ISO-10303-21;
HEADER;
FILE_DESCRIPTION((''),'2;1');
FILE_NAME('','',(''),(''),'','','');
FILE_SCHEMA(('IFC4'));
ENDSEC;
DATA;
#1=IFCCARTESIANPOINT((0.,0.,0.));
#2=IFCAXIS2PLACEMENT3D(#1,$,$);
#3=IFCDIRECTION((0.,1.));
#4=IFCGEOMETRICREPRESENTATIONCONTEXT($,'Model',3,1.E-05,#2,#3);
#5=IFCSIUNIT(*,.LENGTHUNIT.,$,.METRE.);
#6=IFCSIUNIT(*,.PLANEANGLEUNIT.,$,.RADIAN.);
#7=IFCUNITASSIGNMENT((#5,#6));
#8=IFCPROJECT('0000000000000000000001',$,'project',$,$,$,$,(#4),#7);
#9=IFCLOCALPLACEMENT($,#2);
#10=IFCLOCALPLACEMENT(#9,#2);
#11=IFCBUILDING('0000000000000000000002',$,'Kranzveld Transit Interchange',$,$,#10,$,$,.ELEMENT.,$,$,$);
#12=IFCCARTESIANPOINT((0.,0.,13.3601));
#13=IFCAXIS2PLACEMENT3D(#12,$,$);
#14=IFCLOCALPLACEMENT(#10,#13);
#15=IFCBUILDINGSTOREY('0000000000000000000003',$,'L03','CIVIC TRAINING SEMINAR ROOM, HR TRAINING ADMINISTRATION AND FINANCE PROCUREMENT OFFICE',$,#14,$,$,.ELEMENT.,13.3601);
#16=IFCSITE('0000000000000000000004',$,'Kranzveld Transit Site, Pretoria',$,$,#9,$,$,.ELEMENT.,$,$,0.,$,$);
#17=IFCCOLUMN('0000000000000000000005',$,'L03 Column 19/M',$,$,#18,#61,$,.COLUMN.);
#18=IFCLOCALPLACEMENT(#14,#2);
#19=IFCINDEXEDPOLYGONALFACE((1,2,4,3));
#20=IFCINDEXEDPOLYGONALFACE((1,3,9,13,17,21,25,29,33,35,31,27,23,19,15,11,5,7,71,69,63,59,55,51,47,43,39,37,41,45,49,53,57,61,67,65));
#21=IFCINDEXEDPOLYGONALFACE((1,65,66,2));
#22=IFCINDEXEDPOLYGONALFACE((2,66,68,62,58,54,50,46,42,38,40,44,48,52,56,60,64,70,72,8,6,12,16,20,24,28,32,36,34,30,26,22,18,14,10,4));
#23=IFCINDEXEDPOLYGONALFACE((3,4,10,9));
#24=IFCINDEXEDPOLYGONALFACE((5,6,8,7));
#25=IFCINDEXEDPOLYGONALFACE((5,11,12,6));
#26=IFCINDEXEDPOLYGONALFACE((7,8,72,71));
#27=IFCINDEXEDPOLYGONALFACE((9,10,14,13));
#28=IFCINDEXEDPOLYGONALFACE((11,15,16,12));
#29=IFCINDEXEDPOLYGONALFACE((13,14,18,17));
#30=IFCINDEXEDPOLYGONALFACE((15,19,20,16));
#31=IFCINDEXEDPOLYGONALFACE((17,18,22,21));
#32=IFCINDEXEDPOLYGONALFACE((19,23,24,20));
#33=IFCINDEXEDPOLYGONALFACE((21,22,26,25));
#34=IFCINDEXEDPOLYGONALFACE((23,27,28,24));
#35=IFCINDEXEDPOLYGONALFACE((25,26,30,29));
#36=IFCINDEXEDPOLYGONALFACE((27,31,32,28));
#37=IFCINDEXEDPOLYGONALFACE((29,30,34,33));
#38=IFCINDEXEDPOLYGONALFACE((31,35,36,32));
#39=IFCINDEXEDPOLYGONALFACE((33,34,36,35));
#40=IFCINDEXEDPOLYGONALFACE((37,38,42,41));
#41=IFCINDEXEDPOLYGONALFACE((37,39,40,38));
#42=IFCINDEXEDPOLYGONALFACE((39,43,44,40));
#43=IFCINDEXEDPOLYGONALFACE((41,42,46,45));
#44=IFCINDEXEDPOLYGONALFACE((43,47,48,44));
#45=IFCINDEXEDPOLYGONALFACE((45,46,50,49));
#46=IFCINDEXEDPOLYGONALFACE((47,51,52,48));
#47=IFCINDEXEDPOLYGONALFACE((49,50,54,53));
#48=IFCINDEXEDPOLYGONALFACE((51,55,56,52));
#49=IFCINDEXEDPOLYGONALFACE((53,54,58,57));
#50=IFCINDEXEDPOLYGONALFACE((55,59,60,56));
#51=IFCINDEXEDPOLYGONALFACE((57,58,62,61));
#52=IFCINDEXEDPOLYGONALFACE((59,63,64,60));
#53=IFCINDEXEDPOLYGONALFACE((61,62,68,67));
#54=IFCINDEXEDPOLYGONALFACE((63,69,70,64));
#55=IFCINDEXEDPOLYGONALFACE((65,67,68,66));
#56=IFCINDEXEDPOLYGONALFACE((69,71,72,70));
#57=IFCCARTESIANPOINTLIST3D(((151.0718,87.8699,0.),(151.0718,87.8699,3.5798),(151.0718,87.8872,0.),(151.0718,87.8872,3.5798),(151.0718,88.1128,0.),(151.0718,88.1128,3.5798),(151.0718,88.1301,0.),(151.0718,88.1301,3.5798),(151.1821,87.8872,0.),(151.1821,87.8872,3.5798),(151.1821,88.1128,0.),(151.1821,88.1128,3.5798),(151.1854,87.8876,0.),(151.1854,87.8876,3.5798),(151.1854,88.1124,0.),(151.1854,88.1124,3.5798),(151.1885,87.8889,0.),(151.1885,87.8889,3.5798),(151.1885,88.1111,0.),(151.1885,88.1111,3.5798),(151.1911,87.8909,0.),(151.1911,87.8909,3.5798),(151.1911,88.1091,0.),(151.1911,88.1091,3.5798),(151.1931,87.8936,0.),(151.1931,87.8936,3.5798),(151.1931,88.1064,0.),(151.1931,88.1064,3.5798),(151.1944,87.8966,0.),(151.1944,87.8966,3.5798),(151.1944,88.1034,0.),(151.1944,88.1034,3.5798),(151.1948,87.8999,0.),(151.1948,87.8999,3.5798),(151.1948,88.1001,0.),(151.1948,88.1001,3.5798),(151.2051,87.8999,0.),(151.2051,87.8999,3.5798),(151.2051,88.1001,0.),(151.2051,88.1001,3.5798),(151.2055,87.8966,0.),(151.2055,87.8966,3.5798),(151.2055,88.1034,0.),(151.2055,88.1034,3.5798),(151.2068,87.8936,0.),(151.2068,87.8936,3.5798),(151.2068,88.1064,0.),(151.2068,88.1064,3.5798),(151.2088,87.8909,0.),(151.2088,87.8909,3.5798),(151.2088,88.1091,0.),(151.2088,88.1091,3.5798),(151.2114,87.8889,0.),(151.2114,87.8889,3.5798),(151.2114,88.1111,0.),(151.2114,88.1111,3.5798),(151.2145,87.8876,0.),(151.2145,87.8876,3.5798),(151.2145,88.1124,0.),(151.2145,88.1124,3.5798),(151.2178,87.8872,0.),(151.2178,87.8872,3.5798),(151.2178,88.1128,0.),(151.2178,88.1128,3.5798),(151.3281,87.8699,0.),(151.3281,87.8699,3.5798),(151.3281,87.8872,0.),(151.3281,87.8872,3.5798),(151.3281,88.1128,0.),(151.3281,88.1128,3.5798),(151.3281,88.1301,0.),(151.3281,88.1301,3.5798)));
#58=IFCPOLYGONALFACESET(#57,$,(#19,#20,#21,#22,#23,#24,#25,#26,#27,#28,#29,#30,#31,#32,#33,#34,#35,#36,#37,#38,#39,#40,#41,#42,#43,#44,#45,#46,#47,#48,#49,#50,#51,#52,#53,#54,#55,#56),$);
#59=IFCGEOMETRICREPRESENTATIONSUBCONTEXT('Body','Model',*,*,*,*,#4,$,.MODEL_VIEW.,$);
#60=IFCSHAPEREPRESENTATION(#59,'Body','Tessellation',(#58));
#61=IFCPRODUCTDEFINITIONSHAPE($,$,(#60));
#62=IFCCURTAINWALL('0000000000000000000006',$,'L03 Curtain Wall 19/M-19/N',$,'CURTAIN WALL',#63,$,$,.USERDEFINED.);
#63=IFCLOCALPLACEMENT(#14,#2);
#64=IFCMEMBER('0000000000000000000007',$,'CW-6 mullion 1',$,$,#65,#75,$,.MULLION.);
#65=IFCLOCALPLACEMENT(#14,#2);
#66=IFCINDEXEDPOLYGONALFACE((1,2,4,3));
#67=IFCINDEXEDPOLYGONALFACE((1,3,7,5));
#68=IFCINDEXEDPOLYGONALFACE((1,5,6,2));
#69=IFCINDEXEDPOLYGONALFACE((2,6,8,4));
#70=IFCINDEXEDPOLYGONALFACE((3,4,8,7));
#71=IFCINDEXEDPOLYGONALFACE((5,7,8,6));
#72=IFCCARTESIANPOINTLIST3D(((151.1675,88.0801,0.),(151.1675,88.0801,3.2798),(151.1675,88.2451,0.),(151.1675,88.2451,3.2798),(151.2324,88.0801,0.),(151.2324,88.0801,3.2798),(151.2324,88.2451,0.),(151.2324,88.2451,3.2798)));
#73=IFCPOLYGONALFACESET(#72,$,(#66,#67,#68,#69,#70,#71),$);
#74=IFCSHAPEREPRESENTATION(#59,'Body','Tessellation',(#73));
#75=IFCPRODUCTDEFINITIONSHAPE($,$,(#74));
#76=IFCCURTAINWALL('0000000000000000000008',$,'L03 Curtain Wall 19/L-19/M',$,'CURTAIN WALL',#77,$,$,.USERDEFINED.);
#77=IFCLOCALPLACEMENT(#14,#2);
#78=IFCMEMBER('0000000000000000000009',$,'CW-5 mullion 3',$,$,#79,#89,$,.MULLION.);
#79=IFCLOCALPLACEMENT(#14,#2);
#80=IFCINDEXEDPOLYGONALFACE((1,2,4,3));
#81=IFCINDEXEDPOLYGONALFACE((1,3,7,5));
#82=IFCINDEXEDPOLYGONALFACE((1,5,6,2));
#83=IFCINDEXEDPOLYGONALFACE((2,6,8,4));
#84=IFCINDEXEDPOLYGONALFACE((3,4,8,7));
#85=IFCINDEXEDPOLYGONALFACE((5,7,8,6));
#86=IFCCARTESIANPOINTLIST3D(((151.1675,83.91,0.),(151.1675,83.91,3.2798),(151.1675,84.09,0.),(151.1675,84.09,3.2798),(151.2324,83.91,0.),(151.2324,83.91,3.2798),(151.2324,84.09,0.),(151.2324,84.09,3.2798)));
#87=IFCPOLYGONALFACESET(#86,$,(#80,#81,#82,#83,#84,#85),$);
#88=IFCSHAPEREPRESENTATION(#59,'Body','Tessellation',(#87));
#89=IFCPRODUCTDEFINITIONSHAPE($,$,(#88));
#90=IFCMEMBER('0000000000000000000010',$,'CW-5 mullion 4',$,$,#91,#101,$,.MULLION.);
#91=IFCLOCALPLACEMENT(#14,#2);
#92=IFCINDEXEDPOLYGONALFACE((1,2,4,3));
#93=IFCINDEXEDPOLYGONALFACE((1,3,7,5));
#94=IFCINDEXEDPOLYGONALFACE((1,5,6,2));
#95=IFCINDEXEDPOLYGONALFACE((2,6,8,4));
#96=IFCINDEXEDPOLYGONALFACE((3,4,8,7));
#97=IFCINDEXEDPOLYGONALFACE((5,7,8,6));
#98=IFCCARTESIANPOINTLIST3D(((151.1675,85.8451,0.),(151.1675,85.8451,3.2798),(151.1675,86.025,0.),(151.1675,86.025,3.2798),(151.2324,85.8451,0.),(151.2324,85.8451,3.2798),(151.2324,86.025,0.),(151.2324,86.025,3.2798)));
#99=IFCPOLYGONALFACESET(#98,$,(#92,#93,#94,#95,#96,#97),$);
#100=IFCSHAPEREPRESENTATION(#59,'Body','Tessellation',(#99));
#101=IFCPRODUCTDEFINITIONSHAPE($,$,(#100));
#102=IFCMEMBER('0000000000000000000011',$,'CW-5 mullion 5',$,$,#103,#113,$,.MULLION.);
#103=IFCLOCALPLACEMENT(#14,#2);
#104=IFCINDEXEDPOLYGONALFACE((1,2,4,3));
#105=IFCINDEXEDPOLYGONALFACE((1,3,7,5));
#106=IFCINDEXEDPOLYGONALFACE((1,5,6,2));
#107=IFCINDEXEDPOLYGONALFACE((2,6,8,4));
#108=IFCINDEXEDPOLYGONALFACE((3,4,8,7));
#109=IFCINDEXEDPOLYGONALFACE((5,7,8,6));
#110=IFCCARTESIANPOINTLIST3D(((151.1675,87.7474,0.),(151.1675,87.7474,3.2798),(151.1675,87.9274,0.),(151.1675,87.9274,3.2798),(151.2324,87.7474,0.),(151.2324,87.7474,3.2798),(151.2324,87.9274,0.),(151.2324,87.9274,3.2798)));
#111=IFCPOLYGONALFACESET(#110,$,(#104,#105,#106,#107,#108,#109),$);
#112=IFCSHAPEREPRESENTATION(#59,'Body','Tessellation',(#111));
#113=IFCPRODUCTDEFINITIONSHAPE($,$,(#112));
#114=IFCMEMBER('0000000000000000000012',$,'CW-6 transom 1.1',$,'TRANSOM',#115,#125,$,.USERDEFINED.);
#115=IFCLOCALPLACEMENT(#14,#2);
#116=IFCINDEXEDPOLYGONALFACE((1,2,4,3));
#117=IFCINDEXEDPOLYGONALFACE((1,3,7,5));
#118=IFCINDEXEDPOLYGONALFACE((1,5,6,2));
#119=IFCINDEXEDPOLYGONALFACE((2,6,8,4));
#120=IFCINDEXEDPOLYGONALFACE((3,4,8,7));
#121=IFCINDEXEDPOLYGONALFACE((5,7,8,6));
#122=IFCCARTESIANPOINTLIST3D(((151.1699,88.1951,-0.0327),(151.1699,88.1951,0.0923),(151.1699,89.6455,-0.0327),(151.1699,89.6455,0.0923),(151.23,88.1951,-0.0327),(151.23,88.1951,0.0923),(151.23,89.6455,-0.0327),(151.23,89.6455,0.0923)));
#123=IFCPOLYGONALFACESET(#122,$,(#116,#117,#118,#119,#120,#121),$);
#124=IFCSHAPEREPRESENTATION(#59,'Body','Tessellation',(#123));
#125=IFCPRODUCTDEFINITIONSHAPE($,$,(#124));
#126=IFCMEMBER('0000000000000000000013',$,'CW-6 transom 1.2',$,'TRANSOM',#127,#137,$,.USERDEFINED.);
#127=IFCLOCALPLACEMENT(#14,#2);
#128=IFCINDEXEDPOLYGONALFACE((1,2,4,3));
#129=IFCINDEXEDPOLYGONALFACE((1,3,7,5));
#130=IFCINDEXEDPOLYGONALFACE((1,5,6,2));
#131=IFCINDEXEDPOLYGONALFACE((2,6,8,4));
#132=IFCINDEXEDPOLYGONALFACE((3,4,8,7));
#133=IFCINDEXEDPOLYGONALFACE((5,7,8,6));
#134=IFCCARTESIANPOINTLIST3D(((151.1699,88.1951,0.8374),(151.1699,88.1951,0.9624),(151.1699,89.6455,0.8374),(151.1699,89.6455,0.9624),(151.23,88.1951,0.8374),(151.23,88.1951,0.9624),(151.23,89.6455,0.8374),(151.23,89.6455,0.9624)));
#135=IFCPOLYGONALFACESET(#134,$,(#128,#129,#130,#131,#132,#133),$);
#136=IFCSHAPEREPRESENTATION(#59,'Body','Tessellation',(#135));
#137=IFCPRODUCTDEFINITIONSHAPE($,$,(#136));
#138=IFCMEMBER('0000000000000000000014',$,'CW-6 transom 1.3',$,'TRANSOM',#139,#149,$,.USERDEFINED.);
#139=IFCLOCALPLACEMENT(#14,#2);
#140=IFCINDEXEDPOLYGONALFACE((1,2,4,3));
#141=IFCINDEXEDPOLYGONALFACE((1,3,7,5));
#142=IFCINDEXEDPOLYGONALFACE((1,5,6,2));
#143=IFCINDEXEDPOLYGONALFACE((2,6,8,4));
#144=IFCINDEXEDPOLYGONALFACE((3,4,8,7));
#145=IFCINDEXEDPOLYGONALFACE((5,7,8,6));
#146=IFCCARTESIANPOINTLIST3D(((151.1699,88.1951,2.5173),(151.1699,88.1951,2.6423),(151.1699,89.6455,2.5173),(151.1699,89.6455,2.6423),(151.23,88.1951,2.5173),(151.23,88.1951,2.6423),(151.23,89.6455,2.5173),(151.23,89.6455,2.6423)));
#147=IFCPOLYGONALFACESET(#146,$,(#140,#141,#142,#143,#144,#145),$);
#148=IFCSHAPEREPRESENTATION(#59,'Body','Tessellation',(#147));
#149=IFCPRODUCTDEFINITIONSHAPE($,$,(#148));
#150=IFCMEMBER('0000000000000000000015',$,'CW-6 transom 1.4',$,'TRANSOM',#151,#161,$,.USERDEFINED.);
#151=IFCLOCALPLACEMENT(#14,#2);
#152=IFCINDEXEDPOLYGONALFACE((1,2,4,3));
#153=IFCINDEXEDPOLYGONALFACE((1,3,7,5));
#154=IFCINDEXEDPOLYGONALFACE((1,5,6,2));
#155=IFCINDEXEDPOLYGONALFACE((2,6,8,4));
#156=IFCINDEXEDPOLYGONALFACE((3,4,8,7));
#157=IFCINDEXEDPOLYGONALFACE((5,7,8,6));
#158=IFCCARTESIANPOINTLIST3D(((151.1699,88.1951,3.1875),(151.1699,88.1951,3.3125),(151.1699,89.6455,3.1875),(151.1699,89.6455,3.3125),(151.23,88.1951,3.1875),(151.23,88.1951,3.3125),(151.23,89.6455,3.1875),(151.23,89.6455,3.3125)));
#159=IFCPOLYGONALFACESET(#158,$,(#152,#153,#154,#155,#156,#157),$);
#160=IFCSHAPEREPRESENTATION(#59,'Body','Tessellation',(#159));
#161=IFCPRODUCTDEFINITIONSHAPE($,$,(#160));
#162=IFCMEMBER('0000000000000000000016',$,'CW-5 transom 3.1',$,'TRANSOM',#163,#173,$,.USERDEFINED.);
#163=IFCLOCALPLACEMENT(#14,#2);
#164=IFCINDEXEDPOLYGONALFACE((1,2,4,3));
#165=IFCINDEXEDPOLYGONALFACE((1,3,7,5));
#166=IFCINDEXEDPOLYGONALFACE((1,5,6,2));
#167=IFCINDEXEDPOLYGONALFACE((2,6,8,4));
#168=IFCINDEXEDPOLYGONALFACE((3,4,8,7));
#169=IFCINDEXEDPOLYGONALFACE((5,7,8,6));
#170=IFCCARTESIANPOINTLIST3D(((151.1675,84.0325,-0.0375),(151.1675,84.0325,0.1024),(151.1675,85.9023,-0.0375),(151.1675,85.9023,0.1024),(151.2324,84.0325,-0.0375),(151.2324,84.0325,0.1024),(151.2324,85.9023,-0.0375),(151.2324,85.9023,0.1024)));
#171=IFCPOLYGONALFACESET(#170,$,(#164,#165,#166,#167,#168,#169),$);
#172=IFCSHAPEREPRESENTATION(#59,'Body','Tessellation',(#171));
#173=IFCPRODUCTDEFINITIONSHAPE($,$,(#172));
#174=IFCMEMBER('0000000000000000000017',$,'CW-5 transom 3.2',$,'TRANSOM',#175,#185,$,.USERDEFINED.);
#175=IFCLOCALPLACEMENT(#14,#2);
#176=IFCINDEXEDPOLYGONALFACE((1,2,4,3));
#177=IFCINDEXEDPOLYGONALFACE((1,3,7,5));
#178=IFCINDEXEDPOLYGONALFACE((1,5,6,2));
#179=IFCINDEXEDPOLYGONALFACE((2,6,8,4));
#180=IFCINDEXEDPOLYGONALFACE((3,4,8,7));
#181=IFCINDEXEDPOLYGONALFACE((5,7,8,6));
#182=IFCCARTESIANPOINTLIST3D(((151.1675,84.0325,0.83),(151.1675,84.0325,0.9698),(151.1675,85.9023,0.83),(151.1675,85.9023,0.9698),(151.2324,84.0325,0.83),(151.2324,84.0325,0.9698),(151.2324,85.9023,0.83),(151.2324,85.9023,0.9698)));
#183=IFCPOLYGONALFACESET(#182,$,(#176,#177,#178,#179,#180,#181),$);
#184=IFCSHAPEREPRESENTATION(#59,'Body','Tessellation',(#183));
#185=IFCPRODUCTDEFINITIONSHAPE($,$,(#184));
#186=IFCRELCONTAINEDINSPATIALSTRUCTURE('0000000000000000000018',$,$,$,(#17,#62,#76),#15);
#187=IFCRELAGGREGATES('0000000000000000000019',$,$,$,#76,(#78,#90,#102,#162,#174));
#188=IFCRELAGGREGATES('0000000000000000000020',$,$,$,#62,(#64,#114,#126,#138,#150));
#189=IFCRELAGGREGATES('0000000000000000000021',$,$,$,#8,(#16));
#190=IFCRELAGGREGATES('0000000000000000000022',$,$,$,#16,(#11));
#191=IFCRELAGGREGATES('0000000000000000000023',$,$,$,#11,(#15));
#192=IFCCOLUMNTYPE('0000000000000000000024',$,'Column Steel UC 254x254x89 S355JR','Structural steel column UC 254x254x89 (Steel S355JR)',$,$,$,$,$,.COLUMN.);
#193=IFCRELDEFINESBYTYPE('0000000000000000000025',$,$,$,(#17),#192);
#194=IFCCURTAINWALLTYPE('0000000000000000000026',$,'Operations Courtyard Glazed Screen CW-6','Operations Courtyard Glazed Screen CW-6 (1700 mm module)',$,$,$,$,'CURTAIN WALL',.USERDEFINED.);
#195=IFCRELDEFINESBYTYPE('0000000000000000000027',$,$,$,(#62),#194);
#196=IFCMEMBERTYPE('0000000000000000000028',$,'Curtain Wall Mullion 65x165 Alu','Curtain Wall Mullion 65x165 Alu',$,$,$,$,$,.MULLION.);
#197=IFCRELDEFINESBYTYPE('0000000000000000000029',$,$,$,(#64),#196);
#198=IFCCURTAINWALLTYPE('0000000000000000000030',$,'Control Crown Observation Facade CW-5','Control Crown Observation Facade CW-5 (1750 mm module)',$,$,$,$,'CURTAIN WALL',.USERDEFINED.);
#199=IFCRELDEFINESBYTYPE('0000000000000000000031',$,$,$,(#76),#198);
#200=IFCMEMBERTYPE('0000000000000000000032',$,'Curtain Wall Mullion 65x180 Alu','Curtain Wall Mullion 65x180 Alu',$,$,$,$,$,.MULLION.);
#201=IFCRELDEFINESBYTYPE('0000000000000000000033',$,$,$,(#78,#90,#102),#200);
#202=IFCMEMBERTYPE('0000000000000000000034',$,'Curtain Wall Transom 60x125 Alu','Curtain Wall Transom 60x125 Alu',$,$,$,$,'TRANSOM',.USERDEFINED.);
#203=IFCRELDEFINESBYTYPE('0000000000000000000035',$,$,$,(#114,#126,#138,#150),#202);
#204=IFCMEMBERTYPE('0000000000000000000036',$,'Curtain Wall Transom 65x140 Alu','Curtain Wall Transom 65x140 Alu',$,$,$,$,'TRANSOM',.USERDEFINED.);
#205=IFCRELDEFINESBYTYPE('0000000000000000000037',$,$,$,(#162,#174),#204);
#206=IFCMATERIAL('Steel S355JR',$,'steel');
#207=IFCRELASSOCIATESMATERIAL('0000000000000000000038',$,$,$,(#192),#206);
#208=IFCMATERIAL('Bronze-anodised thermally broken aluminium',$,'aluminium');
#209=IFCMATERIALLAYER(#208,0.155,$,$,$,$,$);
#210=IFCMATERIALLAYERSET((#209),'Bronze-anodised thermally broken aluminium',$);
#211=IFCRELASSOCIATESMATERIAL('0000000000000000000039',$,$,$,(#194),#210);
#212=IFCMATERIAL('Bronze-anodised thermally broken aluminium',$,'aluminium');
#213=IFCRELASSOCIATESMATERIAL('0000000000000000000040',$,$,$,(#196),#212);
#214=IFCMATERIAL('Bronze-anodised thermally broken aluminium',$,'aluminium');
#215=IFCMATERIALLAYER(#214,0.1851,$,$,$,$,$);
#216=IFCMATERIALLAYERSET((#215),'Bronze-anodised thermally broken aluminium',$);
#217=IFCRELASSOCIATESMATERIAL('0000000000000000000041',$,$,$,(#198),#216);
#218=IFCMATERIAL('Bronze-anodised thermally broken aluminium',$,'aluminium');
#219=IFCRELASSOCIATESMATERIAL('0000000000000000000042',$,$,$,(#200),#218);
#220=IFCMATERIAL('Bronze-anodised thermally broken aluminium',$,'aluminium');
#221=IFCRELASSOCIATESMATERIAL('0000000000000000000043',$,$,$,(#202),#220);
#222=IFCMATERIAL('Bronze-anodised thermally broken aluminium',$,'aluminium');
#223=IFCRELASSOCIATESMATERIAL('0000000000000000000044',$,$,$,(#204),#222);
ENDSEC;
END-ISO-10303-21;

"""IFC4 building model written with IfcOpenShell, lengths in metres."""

from ifc_helpers import new_model, si_unit, direction, frame, origin, origin_2d, place, context, subcontext, project, spatial, rectangle, i_section, extrude, material, layer, layer_set, material_profile, profile_set, type_object, element, aggregate, save


model = new_model("IFC4")

# Units and contexts
model_context = context("Model", 3, precision=1e-05, world=origin(), true_north=direction((0.0, 1.0)))
body_context = subcontext(model_context, "Body", "Model", "MODEL_VIEW")
ifc_project = project(units=[si_unit("LENGTHUNIT", "METRE"), si_unit("PLANEANGLEUNIT", "RADIAN")], contexts=[model_context])

# Site, building, storey
site_placement = place(None, origin())
site = spatial("IfcSite", under=ifc_project, at=site_placement, Name="Kranzveld Transit Site, Pretoria", CompositionType="ELEMENT", RefElevation=0.0)
building_placement = place(site_placement, origin())
building = spatial("IfcBuilding", under=site, at=building_placement, Name="Kranzveld Transit Interchange", CompositionType="ELEMENT")
storey_placement = place(building_placement, frame((0.0, 0.0, 13.3601)))
storey = spatial("IfcBuildingStorey", under=building, at=storey_placement, Name="L03", Description="CIVIC TRAINING SEMINAR ROOM, HR TRAINING ADMINISTRATION AND FINANCE PROCUREMENT OFFICE", CompositionType="ELEMENT", Elevation=13.3601)

# Column
ifc_material_1 = material(Name="Steel S355JR", Category="steel")
ifc_material_profile_1 = material_profile(ifc_material_1, i_section(OverallWidth=0.2563, OverallDepth=0.2603, WebThickness=0.0103, FlangeThickness=0.0173, FilletRadius=0.0127, at=origin_2d()), Name="UC 254x254x89")
ifc_profile_set_1 = profile_set([ifc_material_profile_1], Name="Steel S355JR")
column_type = type_object("IfcColumnType", Name="Column Steel UC 254x254x89 S355JR", Description="Structural steel column UC 254x254x89 (Steel S355JR)", PredefinedType="COLUMN", material=ifc_profile_set_1)
column_placement = place(storey_placement, frame((151.2, 88.0, 0.0), z_axis=(0.0, 0.0, 1.0), x_axis=(1.0, 0.0, 0.0)))
element("IfcColumn", 1, at=column_placement, inside=storey, type_object=column_type, Name="L03 Column 19/M", PredefinedType="COLUMN", context=body_context, shape_type="SweptSolid", body=[
    extrude(i_section(OverallWidth=0.2563, OverallDepth=0.2603, WebThickness=0.0103, FlangeThickness=0.0173, FilletRadius=0.0127, at=origin_2d()), origin(), (0.0, 0.0, 1.0), 3.5798),
])

# Curtain wall, member
ifc_material_2 = material(Name="Bronze-anodised thermally broken aluminium", Category="aluminium")
ifc_layer_1 = layer(ifc_material_2, 0.155)
ifc_layer_set_1 = layer_set([ifc_layer_1], Name="Bronze-anodised thermally broken aluminium")
curtain_wall_type_1 = type_object("IfcCurtainWallType", Name="Operations Courtyard Glazed Screen CW-6", Description="Operations Courtyard Glazed Screen CW-6 (1700 mm module)", ElementType="CURTAIN WALL", PredefinedType="USERDEFINED", material=ifc_layer_set_1)
curtain_wall_1_placement = place(storey_placement, origin())
curtain_wall_1 = element("IfcCurtainWall", 2, at=curtain_wall_1_placement, inside=storey, type_object=curtain_wall_type_1, Name="L03 Curtain Wall 19/M-19/N", ObjectType="CURTAIN WALL", PredefinedType="USERDEFINED")
ifc_material_3 = material(Name="Bronze-anodised thermally broken aluminium", Category="aluminium")
ifc_material_profile_2 = material_profile(ifc_material_3, rectangle(XDim=0.0649, YDim=0.165, at=origin_2d()), Name="ALU MULLION 65x165")
ifc_profile_set_2 = profile_set([ifc_material_profile_2], Name="Bronze-anodised thermally broken aluminium")
member_type_1 = type_object("IfcMemberType", Name="Curtain Wall Mullion 65x165 Alu", Description="Curtain Wall Mullion 65x165 Alu", PredefinedType="MULLION", material=ifc_profile_set_2)
member_1_placement = place(storey_placement, frame((151.2, 88.1626, 0.0), z_axis=(0.0, 0.0, 1.0), x_axis=(-1.0, 0.0, 0.0)))
member_1 = element("IfcMember", 3, at=member_1_placement, type_object=member_type_1, Name="CW-6 mullion 1", PredefinedType="MULLION", context=body_context, shape_type="SweptSolid", body=[
    extrude(rectangle(XDim=0.0649, YDim=0.165, at=origin_2d()), origin(), (0.0, 0.0, 1.0), 3.2798),
])

# Curtain wall, members
ifc_material_4 = material(Name="Bronze-anodised thermally broken aluminium", Category="aluminium")
ifc_layer_2 = layer(ifc_material_4, 0.1851)
ifc_layer_set_2 = layer_set([ifc_layer_2], Name="Bronze-anodised thermally broken aluminium")
curtain_wall_type_2 = type_object("IfcCurtainWallType", Name="Control Crown Observation Facade CW-5", Description="Control Crown Observation Facade CW-5 (1750 mm module)", ElementType="CURTAIN WALL", PredefinedType="USERDEFINED", material=ifc_layer_set_2)
curtain_wall_2_placement = place(storey_placement, origin())
curtain_wall_2 = element("IfcCurtainWall", 4, at=curtain_wall_2_placement, inside=storey, type_object=curtain_wall_type_2, Name="L03 Curtain Wall 19/L-19/M", ObjectType="CURTAIN WALL", PredefinedType="USERDEFINED")
ifc_material_5 = material(Name="Bronze-anodised thermally broken aluminium", Category="aluminium")
ifc_material_profile_3 = material_profile(ifc_material_5, rectangle(XDim=0.0649, YDim=0.1799, at=origin_2d()), Name="ALU MULLION 65x180")
ifc_profile_set_3 = profile_set([ifc_material_profile_3], Name="Bronze-anodised thermally broken aluminium")
member_type_2 = type_object("IfcMemberType", Name="Curtain Wall Mullion 65x180 Alu", Description="Curtain Wall Mullion 65x180 Alu", PredefinedType="MULLION", material=ifc_profile_set_3)
member_2_placement = place(storey_placement, frame((151.2, 84.0, 0.0), z_axis=(0.0, 0.0, 1.0), x_axis=(-1.0, 0.0, 0.0)))
member_2 = element("IfcMember", 5, at=member_2_placement, type_object=member_type_2, Name="CW-5 mullion 3", PredefinedType="MULLION", context=body_context, shape_type="SweptSolid", body=[
    extrude(rectangle(XDim=0.0649, YDim=0.1799, at=origin_2d()), origin(), (0.0, 0.0, 1.0), 3.2798),
])
member_3_placement = place(storey_placement, frame((151.2, 85.9351, 0.0), z_axis=(0.0, 0.0, 1.0), x_axis=(-1.0, 0.0, 0.0)))
member_3 = element("IfcMember", 6, at=member_3_placement, type_object=member_type_2, Name="CW-5 mullion 4", PredefinedType="MULLION", context=body_context, shape_type="SweptSolid", body=[
    extrude(rectangle(XDim=0.0649, YDim=0.1799, at=origin_2d()), origin(), (0.0, 0.0, 1.0), 3.2798),
])
member_4_placement = place(storey_placement, frame((151.2, 87.8374, 0.0), z_axis=(0.0, 0.0, 1.0), x_axis=(-1.0, 0.0, 0.0)))
member_4 = element("IfcMember", 7, at=member_4_placement, type_object=member_type_2, Name="CW-5 mullion 5", PredefinedType="MULLION", context=body_context, shape_type="SweptSolid", body=[
    extrude(rectangle(XDim=0.0649, YDim=0.1799, at=origin_2d()), origin(), (0.0, 0.0, 1.0), 3.2798),
])

# Members
ifc_material_6 = material(Name="Bronze-anodised thermally broken aluminium", Category="aluminium")
ifc_material_profile_4 = material_profile(ifc_material_6, rectangle(XDim=0.0601, YDim=0.125, at=origin_2d()), Name="ALU TRANSOM 60x125")
ifc_profile_set_4 = profile_set([ifc_material_profile_4], Name="Bronze-anodised thermally broken aluminium")
member_type_3 = type_object("IfcMemberType", Name="Curtain Wall Transom 60x125 Alu", Description="Curtain Wall Transom 60x125 Alu", ElementType="TRANSOM", PredefinedType="USERDEFINED", material=ifc_profile_set_4)
member_5_placement = place(storey_placement, frame((151.2, 88.1951, 0.0298), z_axis=(0.0, 1.0, 0.0), x_axis=(-1.0, 0.0, 0.0)))
member_5 = element("IfcMember", 8, at=member_5_placement, type_object=member_type_3, Name="CW-6 transom 1.1", ObjectType="TRANSOM", PredefinedType="USERDEFINED", context=body_context, shape_type="SweptSolid", body=[
    extrude(rectangle(XDim=0.0601, YDim=0.125, at=origin_2d()), origin(), (0.0, 0.0, 1.0), 1.4504),
])
member_6_placement = place(storey_placement, frame((151.2, 88.1951, 0.8999), z_axis=(0.0, 1.0, 0.0), x_axis=(-1.0, 0.0, 0.0)))
member_6 = element("IfcMember", 9, at=member_6_placement, type_object=member_type_3, Name="CW-6 transom 1.2", ObjectType="TRANSOM", PredefinedType="USERDEFINED", context=body_context, shape_type="SweptSolid", body=[
    extrude(rectangle(XDim=0.0601, YDim=0.125, at=origin_2d()), origin(), (0.0, 0.0, 1.0), 1.4504),
])
member_7_placement = place(storey_placement, frame((151.2, 88.1951, 2.5798), z_axis=(0.0, 1.0, 0.0), x_axis=(-1.0, 0.0, 0.0)))
member_7 = element("IfcMember", 10, at=member_7_placement, type_object=member_type_3, Name="CW-6 transom 1.3", ObjectType="TRANSOM", PredefinedType="USERDEFINED", context=body_context, shape_type="SweptSolid", body=[
    extrude(rectangle(XDim=0.0601, YDim=0.125, at=origin_2d()), origin(), (0.0, 0.0, 1.0), 1.4504),
])
member_8_placement = place(storey_placement, frame((151.2, 88.1951, 3.25), z_axis=(0.0, 1.0, 0.0), x_axis=(-1.0, 0.0, 0.0)))
member_8 = element("IfcMember", 11, at=member_8_placement, type_object=member_type_3, Name="CW-6 transom 1.4", ObjectType="TRANSOM", PredefinedType="USERDEFINED", context=body_context, shape_type="SweptSolid", body=[
    extrude(rectangle(XDim=0.0601, YDim=0.125, at=origin_2d()), origin(), (0.0, 0.0, 1.0), 1.4504),
])
ifc_material_7 = material(Name="Bronze-anodised thermally broken aluminium", Category="aluminium")
ifc_material_profile_5 = material_profile(ifc_material_7, rectangle(XDim=0.0649, YDim=0.1399, at=origin_2d()), Name="ALU TRANSOM 65x140")
ifc_profile_set_5 = profile_set([ifc_material_profile_5], Name="Bronze-anodised thermally broken aluminium")
member_type_4 = type_object("IfcMemberType", Name="Curtain Wall Transom 65x140 Alu", Description="Curtain Wall Transom 65x140 Alu", ElementType="TRANSOM", PredefinedType="USERDEFINED", material=ifc_profile_set_5)
member_9_placement = place(storey_placement, frame((151.2, 84.0325, 0.0325), z_axis=(0.0, 1.0, 0.0), x_axis=(-1.0, 0.0, 0.0)))
member_9 = element("IfcMember", 12, at=member_9_placement, type_object=member_type_4, Name="CW-5 transom 3.1", ObjectType="TRANSOM", PredefinedType="USERDEFINED", context=body_context, shape_type="SweptSolid", body=[
    extrude(rectangle(XDim=0.0649, YDim=0.1399, at=origin_2d()), origin(), (0.0, 0.0, 1.0), 1.8699),
])
member_10_placement = place(storey_placement, frame((151.2, 84.0325, 0.8999), z_axis=(0.0, 1.0, 0.0), x_axis=(-1.0, 0.0, 0.0)))
member_10 = element("IfcMember", 13, at=member_10_placement, type_object=member_type_4, Name="CW-5 transom 3.2", ObjectType="TRANSOM", PredefinedType="USERDEFINED", context=body_context, shape_type="SweptSolid", body=[
    extrude(rectangle(XDim=0.0649, YDim=0.1399, at=origin_2d()), origin(), (0.0, 0.0, 1.0), 1.8699),
])

aggregate(curtain_wall_2, [member_2, member_3, member_4, member_9, member_10])
aggregate(curtain_wall_1, [member_1, member_5, member_6, member_7, member_8])

save(model, "model.ifc")
